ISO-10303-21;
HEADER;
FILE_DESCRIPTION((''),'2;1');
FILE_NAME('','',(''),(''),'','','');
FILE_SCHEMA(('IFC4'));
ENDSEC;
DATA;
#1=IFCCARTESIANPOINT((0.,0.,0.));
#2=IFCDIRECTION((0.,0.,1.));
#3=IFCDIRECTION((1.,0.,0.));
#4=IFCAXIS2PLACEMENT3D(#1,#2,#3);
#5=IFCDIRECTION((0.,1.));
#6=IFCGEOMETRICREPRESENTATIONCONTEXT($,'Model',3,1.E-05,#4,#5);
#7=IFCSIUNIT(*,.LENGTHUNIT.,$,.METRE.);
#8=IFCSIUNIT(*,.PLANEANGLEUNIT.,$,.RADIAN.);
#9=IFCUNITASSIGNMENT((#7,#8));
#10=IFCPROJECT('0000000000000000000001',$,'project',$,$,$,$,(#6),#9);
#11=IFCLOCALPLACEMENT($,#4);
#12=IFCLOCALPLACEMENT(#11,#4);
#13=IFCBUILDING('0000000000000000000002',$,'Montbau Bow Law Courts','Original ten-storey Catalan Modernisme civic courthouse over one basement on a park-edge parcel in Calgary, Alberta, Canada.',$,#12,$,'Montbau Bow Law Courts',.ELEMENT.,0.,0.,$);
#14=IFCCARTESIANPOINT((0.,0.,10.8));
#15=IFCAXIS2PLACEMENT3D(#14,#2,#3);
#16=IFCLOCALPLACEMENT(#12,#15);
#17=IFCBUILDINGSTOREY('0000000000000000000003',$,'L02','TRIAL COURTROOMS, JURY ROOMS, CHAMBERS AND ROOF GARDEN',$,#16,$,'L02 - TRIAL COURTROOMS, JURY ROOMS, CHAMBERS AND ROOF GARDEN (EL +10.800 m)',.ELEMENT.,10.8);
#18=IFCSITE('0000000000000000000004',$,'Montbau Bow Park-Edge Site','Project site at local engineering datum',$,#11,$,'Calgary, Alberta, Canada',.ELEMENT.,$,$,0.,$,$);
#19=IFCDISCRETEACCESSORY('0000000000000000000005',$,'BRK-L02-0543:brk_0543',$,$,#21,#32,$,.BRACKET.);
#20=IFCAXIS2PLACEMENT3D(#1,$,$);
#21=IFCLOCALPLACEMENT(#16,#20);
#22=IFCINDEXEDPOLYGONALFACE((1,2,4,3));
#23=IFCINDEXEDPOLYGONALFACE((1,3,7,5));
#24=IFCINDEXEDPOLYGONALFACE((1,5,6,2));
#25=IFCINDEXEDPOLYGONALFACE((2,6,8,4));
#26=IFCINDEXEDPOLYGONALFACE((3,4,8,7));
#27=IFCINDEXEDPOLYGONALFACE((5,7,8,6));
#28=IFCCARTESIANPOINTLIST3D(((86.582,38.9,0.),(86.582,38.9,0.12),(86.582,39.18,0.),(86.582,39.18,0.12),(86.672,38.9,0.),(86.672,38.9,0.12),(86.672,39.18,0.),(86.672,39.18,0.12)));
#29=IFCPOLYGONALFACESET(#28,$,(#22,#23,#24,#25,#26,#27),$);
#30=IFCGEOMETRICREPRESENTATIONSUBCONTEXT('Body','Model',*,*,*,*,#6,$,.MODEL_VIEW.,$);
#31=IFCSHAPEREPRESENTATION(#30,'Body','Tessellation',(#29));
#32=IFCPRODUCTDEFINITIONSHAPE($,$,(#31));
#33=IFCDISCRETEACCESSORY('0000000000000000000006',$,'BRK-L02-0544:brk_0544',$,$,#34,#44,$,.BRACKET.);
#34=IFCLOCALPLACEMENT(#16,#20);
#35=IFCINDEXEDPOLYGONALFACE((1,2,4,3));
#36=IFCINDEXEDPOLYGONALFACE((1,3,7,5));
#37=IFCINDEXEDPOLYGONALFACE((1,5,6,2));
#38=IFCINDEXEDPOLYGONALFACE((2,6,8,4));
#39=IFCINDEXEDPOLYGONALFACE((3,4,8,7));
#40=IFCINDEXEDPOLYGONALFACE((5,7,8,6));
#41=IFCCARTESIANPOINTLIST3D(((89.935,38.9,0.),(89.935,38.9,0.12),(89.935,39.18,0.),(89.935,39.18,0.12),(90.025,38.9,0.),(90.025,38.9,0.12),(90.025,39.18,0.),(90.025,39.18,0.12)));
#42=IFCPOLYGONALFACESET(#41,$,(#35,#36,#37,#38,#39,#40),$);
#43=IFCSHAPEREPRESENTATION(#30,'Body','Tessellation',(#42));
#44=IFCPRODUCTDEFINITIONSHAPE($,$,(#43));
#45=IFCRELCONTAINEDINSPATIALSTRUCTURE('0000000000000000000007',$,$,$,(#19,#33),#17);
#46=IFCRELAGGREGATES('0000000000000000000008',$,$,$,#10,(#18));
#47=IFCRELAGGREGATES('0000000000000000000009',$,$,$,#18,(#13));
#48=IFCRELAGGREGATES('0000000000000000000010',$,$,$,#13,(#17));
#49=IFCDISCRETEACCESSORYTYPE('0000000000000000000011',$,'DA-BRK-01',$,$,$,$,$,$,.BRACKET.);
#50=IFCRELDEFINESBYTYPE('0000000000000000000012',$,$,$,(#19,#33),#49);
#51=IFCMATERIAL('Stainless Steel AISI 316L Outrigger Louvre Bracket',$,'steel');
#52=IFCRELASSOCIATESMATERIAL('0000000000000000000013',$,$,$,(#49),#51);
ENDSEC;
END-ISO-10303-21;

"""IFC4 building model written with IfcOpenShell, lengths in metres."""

from ifc_helpers import new_model, si_unit, direction, frame, origin_with_axes, origin_2d_with_axis, place, context, subcontext, project, spatial, rectangle, extrude, material, type_object, element, save


model = new_model("IFC4")

# Units and contexts
model_context = context("Model", 3, precision=1e-05, world=origin_with_axes(), true_north=direction((0.0, 1.0)))
body_context = subcontext(model_context, "Body", "Model", "MODEL_VIEW")
ifc_project = project(units=[si_unit("LENGTHUNIT", "METRE"), si_unit("PLANEANGLEUNIT", "RADIAN")], contexts=[model_context])

# Site, building, storey
site_placement = place(None, origin_with_axes())
site = spatial("IfcSite", under=ifc_project, at=site_placement, Name="Montbau Bow Park-Edge Site", Description="Project site at local engineering datum", LongName="Calgary, Alberta, Canada", CompositionType="ELEMENT", RefElevation=0.0)
building_placement = place(site_placement, origin_with_axes())
building = spatial("IfcBuilding", under=site, at=building_placement, Name="Montbau Bow Law Courts", Description="Original ten-storey Catalan Modernisme civic courthouse over one basement on a park-edge parcel in Calgary, Alberta, Canada.", LongName="Montbau Bow Law Courts", CompositionType="ELEMENT", ElevationOfRefHeight=0.0, ElevationOfTerrain=0.0)
storey_placement = place(building_placement, frame((0.0, 0.0, 10.8), z_axis=(0.0, 0.0, 1.0), x_axis=(1.0, 0.0, 0.0)))
storey = spatial("IfcBuildingStorey", under=building, at=storey_placement, Name="L02", Description="TRIAL COURTROOMS, JURY ROOMS, CHAMBERS AND ROOF GARDEN", LongName="L02 - TRIAL COURTROOMS, JURY ROOMS, CHAMBERS AND ROOF GARDEN (EL +10.800 m)", CompositionType="ELEMENT", Elevation=10.8)

# Discrete accessories
ifc_material_1 = material(Name="Stainless Steel AISI 316L Outrigger Louvre Bracket", Category="steel")
discrete_accessory_type = type_object("IfcDiscreteAccessoryType", Name="DA-BRK-01", PredefinedType="BRACKET", material=ifc_material_1)
for number, where, z_axis, x_axis, name in (
    (1, (86.627, 39.04, 10.8), (0.0, 0.0, 1.0), (0.0, -1.0, 0.0), "BRK-L02-0543:brk_0543"),
    (2, (89.98, 39.04, 10.8), (0.0, 0.0, 1.0), (0.0, -1.0, 0.0), "BRK-L02-0544:brk_0544"),
):
    element("IfcDiscreteAccessory", number, at=place(None, frame(where, z_axis=z_axis, x_axis=x_axis)), inside=storey, type_object=discrete_accessory_type, Name=name, PredefinedType="BRACKET", context=body_context, shape_type="SweptSolid", body=[
        extrude(rectangle(XDim=0.28, YDim=0.09, at=origin_2d_with_axis()), origin_with_axes(), (0.0, 0.0, 1.0), 0.12),
    ])

save(model, "model.ifc")
